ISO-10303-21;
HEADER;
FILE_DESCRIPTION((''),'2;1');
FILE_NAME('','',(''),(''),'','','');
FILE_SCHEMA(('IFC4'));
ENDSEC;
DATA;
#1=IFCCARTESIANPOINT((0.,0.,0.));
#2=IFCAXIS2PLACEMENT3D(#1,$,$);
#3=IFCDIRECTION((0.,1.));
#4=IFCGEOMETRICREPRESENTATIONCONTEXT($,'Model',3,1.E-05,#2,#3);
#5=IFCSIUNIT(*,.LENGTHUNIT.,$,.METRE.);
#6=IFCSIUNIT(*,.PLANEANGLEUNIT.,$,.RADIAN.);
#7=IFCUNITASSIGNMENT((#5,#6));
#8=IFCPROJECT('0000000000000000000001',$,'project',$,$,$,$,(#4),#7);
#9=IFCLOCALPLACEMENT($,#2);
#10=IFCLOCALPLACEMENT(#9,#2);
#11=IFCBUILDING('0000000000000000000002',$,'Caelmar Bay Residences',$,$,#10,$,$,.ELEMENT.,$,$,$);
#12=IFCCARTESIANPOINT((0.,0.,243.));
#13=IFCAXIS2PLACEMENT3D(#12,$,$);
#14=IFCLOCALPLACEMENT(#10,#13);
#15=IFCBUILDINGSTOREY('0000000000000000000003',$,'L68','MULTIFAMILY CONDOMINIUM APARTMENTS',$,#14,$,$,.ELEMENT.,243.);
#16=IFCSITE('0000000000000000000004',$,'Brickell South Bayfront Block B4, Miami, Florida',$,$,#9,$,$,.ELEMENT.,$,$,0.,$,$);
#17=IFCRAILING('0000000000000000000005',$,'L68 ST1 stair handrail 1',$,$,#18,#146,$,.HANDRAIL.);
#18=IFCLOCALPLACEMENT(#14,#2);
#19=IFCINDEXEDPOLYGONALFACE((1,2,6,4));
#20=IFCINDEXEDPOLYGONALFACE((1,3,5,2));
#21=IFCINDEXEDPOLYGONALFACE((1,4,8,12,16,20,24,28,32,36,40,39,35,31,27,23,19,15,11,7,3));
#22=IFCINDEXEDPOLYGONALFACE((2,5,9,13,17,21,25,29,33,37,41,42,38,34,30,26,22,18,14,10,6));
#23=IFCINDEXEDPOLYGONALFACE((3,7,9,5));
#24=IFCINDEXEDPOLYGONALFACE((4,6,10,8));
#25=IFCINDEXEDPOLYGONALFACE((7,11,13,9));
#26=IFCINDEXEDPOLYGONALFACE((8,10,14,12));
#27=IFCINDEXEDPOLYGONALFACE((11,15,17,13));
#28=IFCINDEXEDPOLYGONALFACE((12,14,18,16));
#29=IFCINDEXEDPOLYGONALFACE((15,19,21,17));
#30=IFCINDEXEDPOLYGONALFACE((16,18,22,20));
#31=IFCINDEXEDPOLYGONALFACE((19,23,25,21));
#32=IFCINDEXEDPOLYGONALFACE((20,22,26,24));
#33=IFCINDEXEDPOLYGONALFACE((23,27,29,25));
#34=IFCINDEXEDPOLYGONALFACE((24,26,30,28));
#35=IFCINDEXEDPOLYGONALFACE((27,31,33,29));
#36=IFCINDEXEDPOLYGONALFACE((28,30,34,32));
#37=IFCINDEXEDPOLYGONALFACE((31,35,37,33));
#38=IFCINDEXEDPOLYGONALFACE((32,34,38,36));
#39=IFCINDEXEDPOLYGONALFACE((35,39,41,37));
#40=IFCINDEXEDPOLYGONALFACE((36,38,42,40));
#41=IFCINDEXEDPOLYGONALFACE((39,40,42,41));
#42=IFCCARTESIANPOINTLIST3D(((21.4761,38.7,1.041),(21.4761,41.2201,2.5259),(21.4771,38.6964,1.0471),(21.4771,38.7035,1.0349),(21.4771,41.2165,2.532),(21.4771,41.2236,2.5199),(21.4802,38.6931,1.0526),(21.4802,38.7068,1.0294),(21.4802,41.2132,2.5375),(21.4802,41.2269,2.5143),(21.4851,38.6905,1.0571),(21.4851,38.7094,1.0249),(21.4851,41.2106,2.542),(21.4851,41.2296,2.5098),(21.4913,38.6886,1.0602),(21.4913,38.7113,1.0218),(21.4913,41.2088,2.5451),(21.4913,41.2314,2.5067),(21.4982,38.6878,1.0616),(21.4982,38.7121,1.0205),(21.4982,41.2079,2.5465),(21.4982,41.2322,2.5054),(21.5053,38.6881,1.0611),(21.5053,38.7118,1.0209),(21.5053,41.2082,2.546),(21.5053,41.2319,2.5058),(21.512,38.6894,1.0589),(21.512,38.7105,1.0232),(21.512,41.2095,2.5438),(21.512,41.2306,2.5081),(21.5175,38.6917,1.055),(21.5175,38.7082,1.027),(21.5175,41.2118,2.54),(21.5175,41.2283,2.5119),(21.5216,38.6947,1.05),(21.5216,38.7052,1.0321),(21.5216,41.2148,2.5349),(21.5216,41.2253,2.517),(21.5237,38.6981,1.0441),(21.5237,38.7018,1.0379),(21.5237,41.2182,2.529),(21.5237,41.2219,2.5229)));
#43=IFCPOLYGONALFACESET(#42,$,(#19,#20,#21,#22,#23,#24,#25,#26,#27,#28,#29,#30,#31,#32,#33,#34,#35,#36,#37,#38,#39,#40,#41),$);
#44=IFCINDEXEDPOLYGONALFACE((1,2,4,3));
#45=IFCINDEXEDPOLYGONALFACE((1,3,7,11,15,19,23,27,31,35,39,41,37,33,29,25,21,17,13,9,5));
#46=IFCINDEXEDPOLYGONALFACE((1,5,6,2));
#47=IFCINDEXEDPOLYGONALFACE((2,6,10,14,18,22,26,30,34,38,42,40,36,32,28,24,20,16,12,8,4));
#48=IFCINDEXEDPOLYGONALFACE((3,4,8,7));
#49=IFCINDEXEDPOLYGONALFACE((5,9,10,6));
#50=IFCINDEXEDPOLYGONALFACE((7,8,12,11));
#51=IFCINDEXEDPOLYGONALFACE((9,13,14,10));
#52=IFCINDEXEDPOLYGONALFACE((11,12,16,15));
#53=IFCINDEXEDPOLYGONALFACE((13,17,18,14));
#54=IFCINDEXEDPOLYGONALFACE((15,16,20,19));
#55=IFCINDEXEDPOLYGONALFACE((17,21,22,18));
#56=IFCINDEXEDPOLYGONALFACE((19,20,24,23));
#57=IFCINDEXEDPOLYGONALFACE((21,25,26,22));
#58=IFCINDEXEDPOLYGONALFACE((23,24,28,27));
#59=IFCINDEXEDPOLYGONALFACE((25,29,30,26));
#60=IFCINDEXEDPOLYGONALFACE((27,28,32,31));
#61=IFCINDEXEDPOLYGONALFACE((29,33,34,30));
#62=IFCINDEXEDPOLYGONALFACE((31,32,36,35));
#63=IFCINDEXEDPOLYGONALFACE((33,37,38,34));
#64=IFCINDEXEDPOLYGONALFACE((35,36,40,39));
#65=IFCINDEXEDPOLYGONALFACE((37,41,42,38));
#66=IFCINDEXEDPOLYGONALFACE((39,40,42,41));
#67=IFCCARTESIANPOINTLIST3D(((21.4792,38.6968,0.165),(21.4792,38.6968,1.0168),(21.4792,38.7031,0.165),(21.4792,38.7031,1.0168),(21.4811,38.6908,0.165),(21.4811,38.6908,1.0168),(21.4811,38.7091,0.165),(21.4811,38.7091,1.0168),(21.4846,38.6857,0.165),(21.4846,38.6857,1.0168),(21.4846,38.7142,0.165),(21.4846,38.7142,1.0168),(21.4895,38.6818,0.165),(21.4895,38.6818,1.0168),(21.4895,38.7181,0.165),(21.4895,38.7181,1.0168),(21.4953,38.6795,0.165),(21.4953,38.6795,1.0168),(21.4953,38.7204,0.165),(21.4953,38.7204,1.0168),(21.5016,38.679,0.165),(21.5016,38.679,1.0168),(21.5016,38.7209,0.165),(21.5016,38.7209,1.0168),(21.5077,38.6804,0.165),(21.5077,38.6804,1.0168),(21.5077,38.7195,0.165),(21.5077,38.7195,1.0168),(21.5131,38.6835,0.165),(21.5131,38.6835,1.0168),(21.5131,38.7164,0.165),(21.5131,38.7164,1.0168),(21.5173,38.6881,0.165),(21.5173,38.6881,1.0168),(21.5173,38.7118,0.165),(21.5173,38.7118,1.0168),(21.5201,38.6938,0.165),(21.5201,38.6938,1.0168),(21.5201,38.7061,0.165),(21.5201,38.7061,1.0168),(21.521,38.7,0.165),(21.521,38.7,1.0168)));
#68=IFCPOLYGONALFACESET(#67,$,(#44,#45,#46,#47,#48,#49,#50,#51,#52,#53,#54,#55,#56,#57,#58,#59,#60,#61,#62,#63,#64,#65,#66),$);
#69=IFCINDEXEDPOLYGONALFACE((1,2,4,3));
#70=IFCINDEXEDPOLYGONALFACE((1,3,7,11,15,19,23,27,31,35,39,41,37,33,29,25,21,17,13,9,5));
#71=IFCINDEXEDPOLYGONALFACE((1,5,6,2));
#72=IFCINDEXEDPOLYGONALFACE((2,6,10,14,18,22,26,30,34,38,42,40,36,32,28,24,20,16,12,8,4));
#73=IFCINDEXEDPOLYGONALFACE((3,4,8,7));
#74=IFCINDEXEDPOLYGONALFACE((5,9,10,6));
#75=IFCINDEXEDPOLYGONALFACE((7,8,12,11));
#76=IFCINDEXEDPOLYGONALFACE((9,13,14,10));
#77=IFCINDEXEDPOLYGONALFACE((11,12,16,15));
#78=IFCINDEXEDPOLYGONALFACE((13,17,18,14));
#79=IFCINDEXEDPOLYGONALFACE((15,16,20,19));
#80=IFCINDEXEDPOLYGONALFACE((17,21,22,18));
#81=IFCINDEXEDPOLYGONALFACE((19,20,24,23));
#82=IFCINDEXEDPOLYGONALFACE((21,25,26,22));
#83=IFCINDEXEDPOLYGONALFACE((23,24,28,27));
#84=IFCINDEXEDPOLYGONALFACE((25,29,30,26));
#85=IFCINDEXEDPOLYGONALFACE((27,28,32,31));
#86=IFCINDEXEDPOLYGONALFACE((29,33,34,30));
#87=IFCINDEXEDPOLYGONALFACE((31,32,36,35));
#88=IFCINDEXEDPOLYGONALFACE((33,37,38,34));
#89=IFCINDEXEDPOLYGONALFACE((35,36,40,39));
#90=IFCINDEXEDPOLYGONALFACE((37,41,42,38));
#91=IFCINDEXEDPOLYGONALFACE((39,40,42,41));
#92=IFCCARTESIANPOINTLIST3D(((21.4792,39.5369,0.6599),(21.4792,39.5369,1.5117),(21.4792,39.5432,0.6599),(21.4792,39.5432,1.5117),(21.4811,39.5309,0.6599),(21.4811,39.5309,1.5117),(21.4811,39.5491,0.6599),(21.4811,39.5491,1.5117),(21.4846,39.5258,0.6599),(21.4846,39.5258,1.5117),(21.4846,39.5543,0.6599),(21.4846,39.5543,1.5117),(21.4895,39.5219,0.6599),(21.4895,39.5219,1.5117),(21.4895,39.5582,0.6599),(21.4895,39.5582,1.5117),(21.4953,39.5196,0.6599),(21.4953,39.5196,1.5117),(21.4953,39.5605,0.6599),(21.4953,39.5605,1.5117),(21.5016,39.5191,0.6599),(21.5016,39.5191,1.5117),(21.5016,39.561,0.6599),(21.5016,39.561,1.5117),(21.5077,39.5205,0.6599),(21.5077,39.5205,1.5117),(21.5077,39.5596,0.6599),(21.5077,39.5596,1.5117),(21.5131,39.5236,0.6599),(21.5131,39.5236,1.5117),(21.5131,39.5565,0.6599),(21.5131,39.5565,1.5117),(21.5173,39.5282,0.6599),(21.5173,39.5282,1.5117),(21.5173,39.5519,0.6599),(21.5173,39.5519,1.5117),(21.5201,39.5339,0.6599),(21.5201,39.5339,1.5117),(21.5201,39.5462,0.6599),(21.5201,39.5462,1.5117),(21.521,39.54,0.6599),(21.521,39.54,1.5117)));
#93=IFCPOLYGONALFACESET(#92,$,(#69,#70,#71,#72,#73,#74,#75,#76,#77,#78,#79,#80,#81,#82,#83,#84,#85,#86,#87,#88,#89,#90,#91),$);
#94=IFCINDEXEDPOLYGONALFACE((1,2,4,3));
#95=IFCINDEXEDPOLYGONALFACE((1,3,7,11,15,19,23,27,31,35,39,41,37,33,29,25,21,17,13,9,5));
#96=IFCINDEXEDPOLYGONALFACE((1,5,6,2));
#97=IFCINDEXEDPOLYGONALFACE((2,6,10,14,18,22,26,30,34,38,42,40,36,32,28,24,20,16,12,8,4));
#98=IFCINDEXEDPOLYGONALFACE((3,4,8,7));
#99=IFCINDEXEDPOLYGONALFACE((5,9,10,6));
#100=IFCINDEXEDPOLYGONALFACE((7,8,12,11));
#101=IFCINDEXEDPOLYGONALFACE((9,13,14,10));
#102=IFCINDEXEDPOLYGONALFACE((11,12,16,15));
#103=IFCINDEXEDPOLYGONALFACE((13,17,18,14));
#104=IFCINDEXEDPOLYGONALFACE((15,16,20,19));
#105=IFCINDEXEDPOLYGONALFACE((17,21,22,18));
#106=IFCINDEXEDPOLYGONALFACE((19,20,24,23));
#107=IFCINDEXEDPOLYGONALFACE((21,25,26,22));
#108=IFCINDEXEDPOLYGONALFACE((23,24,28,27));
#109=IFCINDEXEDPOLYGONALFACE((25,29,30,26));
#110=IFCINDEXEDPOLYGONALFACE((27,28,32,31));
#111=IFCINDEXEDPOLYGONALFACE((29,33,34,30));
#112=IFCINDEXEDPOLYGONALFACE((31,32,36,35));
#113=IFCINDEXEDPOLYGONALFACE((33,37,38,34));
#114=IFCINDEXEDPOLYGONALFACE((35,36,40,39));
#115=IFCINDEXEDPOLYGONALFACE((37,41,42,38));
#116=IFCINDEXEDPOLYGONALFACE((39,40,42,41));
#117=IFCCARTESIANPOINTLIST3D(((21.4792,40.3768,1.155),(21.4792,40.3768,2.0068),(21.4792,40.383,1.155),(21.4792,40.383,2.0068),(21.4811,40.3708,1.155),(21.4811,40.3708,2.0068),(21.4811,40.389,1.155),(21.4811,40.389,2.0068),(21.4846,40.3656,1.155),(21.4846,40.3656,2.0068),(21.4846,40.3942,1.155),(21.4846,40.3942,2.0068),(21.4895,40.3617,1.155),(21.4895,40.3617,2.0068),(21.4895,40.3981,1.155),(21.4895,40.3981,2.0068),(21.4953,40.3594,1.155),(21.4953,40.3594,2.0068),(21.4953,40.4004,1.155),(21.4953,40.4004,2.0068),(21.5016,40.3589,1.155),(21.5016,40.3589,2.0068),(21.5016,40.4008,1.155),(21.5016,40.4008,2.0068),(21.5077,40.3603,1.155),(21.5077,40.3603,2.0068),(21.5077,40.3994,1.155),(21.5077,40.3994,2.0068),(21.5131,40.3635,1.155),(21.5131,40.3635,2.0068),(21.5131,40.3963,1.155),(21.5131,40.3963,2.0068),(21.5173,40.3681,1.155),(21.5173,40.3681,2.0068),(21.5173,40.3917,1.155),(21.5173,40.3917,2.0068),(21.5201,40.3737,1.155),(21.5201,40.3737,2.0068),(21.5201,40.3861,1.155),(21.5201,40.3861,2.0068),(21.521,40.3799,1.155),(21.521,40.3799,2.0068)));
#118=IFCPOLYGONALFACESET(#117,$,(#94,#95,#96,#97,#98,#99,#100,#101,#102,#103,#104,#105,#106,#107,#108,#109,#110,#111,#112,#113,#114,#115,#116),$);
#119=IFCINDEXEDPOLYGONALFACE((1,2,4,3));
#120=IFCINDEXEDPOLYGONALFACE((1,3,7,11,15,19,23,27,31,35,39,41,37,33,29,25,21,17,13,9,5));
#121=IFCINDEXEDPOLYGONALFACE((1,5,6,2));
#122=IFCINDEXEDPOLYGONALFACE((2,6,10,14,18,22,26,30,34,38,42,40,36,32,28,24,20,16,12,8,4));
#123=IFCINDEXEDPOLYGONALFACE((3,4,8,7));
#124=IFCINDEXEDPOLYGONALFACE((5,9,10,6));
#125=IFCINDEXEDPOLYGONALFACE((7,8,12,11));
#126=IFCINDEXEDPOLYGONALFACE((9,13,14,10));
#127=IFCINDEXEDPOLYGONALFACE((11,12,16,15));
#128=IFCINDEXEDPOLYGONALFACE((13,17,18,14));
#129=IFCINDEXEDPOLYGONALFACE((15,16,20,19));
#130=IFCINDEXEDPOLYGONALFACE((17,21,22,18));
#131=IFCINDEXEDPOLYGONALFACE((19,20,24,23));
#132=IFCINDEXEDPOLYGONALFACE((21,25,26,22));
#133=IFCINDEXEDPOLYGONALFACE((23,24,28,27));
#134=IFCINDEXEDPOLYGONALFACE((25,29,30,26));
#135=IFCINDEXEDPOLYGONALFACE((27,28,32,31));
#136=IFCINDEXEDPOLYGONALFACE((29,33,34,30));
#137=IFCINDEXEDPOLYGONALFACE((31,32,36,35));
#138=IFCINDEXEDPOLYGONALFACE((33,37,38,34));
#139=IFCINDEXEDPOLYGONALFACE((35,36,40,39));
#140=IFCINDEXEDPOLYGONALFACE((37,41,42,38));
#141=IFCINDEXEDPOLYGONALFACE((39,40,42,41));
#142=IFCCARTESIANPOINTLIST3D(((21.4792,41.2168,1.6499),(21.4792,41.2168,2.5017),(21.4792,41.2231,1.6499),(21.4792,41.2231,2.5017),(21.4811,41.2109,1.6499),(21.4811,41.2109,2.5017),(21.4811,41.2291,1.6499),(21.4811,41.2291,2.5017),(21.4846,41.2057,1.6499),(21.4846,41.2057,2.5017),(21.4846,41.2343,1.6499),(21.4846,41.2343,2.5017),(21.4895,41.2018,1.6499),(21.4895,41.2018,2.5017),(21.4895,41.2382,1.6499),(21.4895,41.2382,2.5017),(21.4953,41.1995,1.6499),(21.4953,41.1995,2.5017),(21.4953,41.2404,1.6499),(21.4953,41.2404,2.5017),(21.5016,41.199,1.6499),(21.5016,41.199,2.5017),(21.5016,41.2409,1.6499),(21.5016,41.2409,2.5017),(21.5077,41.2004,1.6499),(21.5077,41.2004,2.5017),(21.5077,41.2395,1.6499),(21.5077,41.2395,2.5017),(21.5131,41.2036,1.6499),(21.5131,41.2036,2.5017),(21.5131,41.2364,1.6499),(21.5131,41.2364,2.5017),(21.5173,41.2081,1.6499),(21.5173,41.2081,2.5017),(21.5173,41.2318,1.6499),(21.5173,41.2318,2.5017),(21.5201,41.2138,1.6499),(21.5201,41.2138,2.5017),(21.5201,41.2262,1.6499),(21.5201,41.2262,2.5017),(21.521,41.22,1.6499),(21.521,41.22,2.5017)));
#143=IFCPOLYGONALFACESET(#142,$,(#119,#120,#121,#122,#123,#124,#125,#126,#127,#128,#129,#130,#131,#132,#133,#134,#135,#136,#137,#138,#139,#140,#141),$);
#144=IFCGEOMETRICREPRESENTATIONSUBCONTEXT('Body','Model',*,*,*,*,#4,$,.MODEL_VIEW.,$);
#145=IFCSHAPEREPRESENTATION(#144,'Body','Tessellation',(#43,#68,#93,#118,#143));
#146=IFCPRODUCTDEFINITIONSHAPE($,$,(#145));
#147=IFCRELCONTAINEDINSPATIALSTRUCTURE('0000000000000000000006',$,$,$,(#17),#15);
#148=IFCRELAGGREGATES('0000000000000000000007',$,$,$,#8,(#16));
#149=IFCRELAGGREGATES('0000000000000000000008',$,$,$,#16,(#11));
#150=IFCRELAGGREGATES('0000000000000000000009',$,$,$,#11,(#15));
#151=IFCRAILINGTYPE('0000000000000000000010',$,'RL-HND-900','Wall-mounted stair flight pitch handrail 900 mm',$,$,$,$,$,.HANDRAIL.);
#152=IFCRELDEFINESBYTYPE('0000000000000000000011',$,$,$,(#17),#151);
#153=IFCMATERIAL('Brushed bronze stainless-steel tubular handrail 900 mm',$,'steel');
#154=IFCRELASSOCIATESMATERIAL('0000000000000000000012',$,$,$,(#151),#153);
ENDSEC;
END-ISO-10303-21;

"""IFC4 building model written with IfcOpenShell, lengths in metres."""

from ifc_helpers import new_model, si_unit, direction, frame, origin, origin_2d, place, context, subcontext, project, spatial, circle, extrude, material, type_object, element, save


model = new_model("IFC4")

# Units and contexts
model_context = context("Model", 3, precision=1e-05, world=origin(), true_north=direction((0.0, 1.0)))
body_context = subcontext(model_context, "Body", "Model", "MODEL_VIEW")
ifc_project = project(units=[si_unit("LENGTHUNIT", "METRE"), si_unit("PLANEANGLEUNIT", "RADIAN")], contexts=[model_context])

# Site, building, storey
site_placement = place(None, origin())
site = spatial("IfcSite", under=ifc_project, at=site_placement, Name="Brickell South Bayfront Block B4, Miami, Florida", CompositionType="ELEMENT", RefElevation=0.0)
building_placement = place(site_placement, origin())
building = spatial("IfcBuilding", under=site, at=building_placement, Name="Caelmar Bay Residences", CompositionType="ELEMENT")
storey_placement = place(building_placement, frame((0.0, 0.0, 243.0)))
storey = spatial("IfcBuildingStorey", under=building, at=storey_placement, Name="L68", Description="MULTIFAMILY CONDOMINIUM APARTMENTS", CompositionType="ELEMENT", Elevation=243.0)

# Railing
ifc_material_1 = material(Name="Brushed bronze stainless-steel tubular handrail 900 mm", Category="steel")
railing_type_1 = type_object("IfcRailingType", Name="RL-HND-900", Description="Wall-mounted stair flight pitch handrail 900 mm", PredefinedType="HANDRAIL", material=ifc_material_1)
railing_1_placement = place(storey_placement, frame((21.5, 38.7, 0.165)))
element("IfcRailing", 1, at=railing_1_placement, inside=storey, type_object=railing_type_1, Name="L68 ST1 stair handrail 1", PredefinedType="HANDRAIL", context=body_context, shape_type="SweptSolid", body=[
    extrude(circle(Radius=0.0239, at=origin_2d()), frame((0.0, 0.0, 0.876), z_axis=(0.0, 0.861561, 0.507655), x_axis=(-1.0, 0.0, 0.0)), (0.0, 0.0, 1.0), 2.925),
    extrude(circle(Radius=0.021, at=origin_2d()), origin(), (0.0, 0.0, 1.0), 0.8518),
    extrude(circle(Radius=0.021, at=origin_2d()), frame((0.0, 0.8401, 0.4949)), (0.0, 0.0, 1.0), 0.8518),
    extrude(circle(Radius=0.021, at=origin_2d()), frame((0.0, 1.6799, 0.99)), (0.0, 0.0, 1.0), 0.8518),
    extrude(circle(Radius=0.021, at=origin_2d()), frame((0.0, 2.52, 1.4849)), (0.0, 0.0, 1.0), 0.8518),
])

save(model, "model.ifc")
